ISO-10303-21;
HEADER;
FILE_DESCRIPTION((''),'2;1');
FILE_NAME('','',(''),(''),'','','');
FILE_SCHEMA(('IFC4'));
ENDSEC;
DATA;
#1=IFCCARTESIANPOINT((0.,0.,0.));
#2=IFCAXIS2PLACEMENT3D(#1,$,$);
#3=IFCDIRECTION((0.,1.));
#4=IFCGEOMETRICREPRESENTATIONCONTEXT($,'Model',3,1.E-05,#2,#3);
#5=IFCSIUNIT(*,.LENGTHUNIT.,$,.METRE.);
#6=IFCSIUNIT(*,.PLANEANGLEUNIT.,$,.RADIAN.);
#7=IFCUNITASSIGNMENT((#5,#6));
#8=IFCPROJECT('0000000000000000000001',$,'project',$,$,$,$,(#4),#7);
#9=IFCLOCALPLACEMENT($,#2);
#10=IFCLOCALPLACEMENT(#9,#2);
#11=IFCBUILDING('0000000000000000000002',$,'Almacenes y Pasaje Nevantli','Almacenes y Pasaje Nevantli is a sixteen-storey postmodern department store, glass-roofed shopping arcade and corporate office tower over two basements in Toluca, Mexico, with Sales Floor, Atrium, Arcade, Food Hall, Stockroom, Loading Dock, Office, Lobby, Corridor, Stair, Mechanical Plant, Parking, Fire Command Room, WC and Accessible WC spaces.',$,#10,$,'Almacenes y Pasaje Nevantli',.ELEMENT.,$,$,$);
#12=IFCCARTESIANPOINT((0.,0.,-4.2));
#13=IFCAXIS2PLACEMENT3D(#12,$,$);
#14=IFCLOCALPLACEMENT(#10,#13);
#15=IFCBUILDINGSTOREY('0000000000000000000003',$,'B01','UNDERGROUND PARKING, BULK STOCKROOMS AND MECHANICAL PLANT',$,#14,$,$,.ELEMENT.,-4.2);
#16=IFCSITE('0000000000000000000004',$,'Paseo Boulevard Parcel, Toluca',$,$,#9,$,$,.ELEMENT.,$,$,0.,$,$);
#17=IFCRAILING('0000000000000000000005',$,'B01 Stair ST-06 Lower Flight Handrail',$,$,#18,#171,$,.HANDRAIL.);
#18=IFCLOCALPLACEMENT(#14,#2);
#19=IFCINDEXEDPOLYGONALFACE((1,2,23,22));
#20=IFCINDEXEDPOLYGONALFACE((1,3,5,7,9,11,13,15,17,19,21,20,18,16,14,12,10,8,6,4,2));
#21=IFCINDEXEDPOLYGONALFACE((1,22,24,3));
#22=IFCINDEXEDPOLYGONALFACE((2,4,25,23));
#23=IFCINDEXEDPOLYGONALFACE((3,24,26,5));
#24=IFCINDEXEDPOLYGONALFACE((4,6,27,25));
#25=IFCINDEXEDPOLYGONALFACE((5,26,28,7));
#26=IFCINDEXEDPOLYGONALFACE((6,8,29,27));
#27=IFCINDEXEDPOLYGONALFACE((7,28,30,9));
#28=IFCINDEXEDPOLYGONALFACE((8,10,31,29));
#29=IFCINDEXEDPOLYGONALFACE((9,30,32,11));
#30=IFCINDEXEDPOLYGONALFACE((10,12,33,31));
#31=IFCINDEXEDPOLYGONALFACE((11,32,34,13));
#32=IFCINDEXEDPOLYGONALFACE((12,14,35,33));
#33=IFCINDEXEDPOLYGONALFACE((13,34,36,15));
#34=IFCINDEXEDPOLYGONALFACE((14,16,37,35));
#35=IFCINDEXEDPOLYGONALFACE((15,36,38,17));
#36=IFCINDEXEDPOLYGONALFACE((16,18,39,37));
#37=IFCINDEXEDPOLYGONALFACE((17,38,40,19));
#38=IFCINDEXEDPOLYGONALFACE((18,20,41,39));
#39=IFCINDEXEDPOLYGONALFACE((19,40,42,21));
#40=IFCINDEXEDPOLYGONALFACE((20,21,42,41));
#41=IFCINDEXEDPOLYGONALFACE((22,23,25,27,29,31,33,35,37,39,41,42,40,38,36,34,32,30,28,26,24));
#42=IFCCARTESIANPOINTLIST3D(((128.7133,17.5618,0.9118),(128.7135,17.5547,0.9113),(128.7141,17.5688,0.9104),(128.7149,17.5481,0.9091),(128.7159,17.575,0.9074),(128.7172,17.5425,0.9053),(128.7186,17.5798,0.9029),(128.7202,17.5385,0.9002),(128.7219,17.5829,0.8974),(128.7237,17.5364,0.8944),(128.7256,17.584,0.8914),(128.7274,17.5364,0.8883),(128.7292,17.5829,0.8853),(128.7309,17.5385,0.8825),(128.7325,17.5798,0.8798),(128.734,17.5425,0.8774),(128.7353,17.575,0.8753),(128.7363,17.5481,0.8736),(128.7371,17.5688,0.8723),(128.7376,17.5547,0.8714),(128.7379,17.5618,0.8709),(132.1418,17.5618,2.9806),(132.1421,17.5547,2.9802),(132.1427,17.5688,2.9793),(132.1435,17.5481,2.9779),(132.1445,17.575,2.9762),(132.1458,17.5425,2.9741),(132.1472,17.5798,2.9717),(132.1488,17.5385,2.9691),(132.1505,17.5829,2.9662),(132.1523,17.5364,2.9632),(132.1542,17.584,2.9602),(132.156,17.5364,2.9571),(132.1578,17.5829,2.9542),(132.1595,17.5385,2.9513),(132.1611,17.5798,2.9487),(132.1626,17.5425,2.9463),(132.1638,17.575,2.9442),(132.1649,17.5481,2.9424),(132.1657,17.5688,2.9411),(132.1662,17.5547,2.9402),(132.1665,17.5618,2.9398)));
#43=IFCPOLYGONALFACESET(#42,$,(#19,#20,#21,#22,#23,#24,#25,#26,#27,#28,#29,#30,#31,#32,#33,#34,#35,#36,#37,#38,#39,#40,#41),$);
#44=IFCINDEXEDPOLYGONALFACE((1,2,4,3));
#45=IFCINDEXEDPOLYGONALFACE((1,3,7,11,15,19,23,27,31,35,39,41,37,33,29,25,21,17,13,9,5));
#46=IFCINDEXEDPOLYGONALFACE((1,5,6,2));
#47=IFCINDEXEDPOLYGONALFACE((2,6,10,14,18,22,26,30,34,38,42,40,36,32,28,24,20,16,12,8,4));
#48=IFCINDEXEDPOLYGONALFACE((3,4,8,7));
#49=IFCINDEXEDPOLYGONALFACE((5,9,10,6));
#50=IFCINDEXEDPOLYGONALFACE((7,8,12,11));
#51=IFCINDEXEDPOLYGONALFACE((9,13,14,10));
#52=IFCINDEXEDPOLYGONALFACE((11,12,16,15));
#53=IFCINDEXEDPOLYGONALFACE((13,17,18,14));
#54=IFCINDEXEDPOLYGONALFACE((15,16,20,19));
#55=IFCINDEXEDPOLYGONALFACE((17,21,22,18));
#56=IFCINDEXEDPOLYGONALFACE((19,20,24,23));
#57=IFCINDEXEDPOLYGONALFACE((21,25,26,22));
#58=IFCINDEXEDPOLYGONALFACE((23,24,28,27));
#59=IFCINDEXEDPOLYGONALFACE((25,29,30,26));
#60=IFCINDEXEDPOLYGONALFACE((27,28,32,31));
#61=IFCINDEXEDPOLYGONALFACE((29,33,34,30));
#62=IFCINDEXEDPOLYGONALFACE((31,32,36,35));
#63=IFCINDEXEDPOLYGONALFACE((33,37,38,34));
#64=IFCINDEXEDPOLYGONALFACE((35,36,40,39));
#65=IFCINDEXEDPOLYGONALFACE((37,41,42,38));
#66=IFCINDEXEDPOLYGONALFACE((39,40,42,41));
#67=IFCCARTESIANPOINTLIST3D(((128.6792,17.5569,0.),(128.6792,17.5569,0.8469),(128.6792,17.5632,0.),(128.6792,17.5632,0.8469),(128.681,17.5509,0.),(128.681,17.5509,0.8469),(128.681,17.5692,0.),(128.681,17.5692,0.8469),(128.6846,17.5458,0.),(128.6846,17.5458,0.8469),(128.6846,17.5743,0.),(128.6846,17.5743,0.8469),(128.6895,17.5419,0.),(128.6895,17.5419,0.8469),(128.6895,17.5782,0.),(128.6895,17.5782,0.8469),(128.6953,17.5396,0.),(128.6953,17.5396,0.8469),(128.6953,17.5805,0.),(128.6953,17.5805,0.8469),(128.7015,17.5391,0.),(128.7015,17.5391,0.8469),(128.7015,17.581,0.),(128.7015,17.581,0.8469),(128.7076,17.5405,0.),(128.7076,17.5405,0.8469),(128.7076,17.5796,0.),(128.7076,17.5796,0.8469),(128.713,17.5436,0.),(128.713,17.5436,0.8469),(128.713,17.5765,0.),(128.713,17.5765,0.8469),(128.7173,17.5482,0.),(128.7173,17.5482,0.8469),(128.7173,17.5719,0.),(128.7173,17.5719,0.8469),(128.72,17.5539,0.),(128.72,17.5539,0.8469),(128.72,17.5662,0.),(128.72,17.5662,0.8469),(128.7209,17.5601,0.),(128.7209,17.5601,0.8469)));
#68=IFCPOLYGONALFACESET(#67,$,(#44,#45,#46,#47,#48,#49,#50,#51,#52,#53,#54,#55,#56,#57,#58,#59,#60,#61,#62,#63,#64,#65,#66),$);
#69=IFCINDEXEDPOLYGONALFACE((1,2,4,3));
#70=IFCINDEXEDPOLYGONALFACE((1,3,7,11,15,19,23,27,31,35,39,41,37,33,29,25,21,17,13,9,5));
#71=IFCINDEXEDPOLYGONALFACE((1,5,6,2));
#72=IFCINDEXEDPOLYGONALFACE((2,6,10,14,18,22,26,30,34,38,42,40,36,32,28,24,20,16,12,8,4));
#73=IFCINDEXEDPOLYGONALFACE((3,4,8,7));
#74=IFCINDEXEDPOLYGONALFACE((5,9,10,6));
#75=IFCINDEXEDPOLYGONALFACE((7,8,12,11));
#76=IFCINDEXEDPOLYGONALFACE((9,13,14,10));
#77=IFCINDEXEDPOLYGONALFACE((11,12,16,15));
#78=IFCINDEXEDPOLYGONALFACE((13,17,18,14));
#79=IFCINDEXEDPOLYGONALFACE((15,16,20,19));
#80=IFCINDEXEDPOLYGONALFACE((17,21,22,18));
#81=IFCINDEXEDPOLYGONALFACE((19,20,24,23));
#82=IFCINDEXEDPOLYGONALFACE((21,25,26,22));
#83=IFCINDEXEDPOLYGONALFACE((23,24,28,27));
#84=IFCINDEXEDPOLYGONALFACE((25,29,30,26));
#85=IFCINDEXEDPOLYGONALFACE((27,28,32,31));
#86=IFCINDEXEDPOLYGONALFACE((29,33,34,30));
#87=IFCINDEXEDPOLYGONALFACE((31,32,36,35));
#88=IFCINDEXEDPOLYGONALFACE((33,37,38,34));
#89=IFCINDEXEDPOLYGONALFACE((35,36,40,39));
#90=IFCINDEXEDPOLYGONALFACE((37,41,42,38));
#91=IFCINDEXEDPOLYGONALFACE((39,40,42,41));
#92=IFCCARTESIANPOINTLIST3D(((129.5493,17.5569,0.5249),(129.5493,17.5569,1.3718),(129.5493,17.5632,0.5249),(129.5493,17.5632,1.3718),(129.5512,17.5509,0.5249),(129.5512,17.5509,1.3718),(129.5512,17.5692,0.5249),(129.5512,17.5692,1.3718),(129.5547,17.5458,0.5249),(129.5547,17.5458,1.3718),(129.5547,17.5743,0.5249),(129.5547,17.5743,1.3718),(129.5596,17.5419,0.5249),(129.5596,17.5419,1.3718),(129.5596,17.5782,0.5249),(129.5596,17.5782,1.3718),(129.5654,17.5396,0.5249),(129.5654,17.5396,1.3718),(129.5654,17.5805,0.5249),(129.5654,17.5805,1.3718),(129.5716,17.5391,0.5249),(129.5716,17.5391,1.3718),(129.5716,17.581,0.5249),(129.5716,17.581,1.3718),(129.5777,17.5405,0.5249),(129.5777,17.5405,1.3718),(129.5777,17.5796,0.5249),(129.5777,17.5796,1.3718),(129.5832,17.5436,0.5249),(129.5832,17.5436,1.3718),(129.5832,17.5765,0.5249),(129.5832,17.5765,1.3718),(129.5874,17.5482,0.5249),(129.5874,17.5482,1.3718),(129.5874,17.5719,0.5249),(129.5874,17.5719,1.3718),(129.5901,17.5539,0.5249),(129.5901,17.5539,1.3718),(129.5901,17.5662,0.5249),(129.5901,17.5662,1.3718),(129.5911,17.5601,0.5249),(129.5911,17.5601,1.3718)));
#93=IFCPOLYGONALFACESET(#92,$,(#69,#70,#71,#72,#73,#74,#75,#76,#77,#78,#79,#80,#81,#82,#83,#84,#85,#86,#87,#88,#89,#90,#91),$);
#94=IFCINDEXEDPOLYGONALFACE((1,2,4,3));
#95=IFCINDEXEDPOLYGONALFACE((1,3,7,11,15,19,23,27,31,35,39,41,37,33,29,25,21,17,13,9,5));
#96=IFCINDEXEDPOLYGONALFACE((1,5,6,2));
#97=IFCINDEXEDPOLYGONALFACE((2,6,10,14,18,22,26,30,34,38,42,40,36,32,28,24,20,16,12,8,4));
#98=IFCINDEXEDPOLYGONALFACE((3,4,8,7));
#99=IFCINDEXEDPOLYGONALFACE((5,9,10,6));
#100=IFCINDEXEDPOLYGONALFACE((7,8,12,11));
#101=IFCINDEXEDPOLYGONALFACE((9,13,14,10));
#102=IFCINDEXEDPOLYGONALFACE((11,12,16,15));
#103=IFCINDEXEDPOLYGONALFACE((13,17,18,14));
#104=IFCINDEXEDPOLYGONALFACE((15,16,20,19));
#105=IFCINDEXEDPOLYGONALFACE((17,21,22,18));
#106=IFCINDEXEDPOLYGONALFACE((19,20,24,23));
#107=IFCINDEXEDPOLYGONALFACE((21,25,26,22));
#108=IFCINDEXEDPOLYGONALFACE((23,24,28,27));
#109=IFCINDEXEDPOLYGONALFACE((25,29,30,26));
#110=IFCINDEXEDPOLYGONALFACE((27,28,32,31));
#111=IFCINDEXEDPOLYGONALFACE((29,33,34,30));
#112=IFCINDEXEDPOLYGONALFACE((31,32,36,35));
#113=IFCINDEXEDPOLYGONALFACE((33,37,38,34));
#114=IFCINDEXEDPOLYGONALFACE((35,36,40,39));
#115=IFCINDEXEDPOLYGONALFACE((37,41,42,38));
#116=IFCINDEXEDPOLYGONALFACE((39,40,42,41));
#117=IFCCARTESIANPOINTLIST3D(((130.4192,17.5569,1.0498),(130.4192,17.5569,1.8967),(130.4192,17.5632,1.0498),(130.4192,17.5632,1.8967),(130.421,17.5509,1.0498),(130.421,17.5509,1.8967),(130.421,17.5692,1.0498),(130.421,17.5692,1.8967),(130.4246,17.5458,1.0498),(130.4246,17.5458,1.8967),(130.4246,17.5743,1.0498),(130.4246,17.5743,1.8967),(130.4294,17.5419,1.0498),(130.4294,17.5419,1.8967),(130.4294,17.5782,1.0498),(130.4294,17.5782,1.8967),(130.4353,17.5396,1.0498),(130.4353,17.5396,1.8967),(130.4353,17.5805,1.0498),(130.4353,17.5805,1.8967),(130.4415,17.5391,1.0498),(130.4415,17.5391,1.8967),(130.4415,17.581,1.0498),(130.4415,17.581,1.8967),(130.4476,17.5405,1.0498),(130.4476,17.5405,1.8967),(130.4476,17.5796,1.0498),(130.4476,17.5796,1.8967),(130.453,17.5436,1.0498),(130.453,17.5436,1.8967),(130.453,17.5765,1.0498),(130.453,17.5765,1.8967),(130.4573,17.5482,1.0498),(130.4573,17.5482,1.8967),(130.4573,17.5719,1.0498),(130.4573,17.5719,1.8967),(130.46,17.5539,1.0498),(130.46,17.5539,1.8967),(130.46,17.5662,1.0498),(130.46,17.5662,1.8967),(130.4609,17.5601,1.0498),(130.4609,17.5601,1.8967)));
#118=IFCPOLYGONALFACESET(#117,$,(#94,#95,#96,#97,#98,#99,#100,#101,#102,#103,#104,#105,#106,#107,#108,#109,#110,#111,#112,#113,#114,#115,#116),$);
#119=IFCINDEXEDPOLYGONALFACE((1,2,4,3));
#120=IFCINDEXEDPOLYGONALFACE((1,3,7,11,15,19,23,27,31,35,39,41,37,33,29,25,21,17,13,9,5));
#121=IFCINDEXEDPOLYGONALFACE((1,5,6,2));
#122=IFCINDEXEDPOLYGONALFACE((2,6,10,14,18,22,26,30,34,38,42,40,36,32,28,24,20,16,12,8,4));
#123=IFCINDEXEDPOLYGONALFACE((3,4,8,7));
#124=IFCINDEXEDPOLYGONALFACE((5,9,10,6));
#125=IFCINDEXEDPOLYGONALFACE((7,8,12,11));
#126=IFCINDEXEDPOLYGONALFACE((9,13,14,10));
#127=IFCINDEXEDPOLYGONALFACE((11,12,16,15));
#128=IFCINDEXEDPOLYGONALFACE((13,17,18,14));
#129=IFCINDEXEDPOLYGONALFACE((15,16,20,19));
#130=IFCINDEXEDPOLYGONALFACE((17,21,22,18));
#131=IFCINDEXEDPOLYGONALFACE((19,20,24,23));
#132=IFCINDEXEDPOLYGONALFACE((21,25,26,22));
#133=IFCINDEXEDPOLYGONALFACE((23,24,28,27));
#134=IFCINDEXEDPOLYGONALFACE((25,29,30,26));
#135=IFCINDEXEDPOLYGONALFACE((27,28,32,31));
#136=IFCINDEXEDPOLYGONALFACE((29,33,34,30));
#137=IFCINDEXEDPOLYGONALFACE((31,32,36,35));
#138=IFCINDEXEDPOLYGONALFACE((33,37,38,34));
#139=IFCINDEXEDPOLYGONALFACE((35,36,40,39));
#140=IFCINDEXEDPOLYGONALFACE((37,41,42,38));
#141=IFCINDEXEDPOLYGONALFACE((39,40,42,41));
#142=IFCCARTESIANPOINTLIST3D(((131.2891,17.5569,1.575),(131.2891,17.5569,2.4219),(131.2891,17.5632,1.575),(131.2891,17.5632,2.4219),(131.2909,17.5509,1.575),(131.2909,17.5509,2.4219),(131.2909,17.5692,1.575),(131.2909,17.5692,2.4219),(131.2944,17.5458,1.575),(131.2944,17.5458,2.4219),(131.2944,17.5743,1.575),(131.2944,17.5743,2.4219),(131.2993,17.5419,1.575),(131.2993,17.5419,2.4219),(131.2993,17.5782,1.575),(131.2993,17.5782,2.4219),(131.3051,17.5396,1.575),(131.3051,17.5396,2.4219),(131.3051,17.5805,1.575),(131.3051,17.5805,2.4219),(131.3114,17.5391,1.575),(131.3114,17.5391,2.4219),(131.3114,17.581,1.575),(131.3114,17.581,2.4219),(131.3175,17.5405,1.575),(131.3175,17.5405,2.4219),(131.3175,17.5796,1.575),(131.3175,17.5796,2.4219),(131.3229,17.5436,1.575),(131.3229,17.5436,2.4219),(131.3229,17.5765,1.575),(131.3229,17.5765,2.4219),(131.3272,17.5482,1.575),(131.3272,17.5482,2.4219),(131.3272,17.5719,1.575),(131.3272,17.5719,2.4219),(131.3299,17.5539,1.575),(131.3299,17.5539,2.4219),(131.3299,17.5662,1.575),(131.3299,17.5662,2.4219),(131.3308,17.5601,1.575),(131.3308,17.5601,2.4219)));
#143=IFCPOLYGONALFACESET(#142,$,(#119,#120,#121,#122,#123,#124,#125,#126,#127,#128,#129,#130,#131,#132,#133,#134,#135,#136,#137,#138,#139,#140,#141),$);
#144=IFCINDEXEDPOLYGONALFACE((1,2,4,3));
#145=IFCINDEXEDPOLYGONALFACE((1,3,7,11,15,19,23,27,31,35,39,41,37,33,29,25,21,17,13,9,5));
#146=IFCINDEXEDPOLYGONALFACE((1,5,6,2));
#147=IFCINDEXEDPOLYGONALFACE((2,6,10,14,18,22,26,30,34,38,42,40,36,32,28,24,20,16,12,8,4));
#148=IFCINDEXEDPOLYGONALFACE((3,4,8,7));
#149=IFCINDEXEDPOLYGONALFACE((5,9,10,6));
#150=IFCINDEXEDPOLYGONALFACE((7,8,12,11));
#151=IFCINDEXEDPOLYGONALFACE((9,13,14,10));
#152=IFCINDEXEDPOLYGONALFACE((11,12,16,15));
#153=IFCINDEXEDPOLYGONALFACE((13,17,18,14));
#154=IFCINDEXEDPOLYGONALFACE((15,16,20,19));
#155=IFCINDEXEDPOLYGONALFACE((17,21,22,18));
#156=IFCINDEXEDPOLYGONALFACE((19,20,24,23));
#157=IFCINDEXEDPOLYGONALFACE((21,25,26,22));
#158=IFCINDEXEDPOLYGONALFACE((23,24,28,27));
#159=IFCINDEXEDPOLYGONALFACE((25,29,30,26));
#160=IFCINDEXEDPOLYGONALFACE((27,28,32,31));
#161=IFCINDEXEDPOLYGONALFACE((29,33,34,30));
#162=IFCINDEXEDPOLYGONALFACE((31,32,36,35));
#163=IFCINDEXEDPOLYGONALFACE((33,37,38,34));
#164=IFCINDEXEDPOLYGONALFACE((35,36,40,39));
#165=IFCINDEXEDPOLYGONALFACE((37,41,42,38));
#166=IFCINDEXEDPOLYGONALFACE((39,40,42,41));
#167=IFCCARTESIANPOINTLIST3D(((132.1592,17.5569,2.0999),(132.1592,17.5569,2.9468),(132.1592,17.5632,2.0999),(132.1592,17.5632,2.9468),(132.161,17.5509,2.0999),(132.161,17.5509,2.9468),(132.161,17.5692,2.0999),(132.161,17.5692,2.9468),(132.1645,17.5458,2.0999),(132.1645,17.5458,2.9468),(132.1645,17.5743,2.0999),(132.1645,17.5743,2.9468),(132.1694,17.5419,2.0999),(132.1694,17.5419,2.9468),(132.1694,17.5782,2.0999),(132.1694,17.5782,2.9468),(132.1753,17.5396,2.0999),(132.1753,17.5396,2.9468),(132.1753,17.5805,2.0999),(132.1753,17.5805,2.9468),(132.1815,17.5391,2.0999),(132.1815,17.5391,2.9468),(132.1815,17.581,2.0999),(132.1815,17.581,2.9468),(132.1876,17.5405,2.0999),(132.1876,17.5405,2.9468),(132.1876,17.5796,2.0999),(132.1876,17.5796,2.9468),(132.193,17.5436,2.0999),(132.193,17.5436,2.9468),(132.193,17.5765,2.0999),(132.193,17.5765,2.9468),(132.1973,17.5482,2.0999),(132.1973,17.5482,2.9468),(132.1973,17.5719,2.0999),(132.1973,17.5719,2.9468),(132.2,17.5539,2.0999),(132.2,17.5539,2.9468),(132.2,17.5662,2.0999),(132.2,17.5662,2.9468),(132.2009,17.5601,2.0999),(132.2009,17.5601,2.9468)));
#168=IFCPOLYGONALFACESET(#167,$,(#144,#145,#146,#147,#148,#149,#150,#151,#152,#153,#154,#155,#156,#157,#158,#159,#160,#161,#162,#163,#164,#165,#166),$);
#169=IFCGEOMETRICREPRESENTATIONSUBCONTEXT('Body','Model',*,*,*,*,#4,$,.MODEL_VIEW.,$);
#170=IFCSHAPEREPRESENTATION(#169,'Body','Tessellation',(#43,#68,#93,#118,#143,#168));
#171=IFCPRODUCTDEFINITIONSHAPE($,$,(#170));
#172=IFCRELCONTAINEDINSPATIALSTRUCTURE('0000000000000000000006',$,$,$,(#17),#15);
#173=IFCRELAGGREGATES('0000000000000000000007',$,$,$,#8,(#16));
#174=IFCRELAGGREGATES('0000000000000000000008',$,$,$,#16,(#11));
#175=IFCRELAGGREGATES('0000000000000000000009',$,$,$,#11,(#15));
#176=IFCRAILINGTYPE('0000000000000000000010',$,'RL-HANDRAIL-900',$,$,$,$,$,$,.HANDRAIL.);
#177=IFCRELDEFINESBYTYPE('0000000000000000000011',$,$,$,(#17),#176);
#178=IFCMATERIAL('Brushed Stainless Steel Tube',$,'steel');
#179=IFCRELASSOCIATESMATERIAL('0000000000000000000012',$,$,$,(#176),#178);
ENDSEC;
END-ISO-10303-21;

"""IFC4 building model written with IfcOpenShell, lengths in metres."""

from ifc_helpers import new_model, si_unit, direction, frame, origin, origin_2d, place, context, subcontext, project, spatial, circle, extrude, material, type_object, element, save


model = new_model("IFC4")

# Units and contexts
model_context = context("Model", 3, precision=1e-05, world=origin(), true_north=direction((0.0, 1.0)))
body_context = subcontext(model_context, "Body", "Model", "MODEL_VIEW")
ifc_project = project(units=[si_unit("LENGTHUNIT", "METRE"), si_unit("PLANEANGLEUNIT", "RADIAN")], contexts=[model_context])

# Site, building, storey
site_placement = place(None, origin())
site = spatial("IfcSite", under=ifc_project, at=site_placement, Name="Paseo Boulevard Parcel, Toluca", CompositionType="ELEMENT", RefElevation=0.0)
building_placement = place(site_placement, origin())
building = spatial("IfcBuilding", under=site, at=building_placement, Name="Almacenes y Pasaje Nevantli", Description="Almacenes y Pasaje Nevantli is a sixteen-storey postmodern department store, glass-roofed shopping arcade and corporate office tower over two basements in Toluca, Mexico, with Sales Floor, Atrium, Arcade, Food Hall, Stockroom, Loading Dock, Office, Lobby, Corridor, Stair, Mechanical Plant, Parking, Fire Command Room, WC and Accessible WC spaces.", LongName="Almacenes y Pasaje Nevantli", CompositionType="ELEMENT")
storey_placement = place(building_placement, frame((0.0, 0.0, -4.2)))
storey = spatial("IfcBuildingStorey", under=building, at=storey_placement, Name="B01", Description="UNDERGROUND PARKING, BULK STOCKROOMS AND MECHANICAL PLANT", CompositionType="ELEMENT", Elevation=-4.2)

# Railing
ifc_material_1 = material(Name="Brushed Stainless Steel Tube", Category="steel")
railing_type_1 = type_object("IfcRailingType", Name="RL-HANDRAIL-900", PredefinedType="HANDRAIL", material=ifc_material_1)
railing_1_placement = place(storey_placement, frame((128.7, 17.5601, 0.0)))
element("IfcRailing", 1, at=railing_1_placement, inside=storey, type_object=railing_type_1, Name="B01 Stair ST-06 Lower Flight Handrail", PredefinedType="HANDRAIL", context=body_context, shape_type="SweptSolid", body=[
    extrude(circle(Radius=0.0239, at=origin_2d()), frame((0.0256, 0.0, 0.8914), z_axis=(0.856202, 0.0, 0.516641), x_axis=(0.0, 1.0, 0.0)), (0.0, 0.0, 1.0), 4.0044),
    extrude(circle(Radius=0.021, at=origin_2d()), origin(), (0.0, 0.0, 1.0), 0.8469),
    extrude(circle(Radius=0.021, at=origin_2d()), frame((0.8701, 0.0, 0.5249)), (0.0, 0.0, 1.0), 0.8469),
    extrude(circle(Radius=0.021, at=origin_2d()), frame((1.74, 0.0, 1.0498)), (0.0, 0.0, 1.0), 0.8469),
    extrude(circle(Radius=0.021, at=origin_2d()), frame((2.6099, 0.0, 1.575)), (0.0, 0.0, 1.0), 0.8469),
    extrude(circle(Radius=0.021, at=origin_2d()), frame((3.48, 0.0, 2.0999)), (0.0, 0.0, 1.0), 0.8469),
])

save(model, "model.ifc")
